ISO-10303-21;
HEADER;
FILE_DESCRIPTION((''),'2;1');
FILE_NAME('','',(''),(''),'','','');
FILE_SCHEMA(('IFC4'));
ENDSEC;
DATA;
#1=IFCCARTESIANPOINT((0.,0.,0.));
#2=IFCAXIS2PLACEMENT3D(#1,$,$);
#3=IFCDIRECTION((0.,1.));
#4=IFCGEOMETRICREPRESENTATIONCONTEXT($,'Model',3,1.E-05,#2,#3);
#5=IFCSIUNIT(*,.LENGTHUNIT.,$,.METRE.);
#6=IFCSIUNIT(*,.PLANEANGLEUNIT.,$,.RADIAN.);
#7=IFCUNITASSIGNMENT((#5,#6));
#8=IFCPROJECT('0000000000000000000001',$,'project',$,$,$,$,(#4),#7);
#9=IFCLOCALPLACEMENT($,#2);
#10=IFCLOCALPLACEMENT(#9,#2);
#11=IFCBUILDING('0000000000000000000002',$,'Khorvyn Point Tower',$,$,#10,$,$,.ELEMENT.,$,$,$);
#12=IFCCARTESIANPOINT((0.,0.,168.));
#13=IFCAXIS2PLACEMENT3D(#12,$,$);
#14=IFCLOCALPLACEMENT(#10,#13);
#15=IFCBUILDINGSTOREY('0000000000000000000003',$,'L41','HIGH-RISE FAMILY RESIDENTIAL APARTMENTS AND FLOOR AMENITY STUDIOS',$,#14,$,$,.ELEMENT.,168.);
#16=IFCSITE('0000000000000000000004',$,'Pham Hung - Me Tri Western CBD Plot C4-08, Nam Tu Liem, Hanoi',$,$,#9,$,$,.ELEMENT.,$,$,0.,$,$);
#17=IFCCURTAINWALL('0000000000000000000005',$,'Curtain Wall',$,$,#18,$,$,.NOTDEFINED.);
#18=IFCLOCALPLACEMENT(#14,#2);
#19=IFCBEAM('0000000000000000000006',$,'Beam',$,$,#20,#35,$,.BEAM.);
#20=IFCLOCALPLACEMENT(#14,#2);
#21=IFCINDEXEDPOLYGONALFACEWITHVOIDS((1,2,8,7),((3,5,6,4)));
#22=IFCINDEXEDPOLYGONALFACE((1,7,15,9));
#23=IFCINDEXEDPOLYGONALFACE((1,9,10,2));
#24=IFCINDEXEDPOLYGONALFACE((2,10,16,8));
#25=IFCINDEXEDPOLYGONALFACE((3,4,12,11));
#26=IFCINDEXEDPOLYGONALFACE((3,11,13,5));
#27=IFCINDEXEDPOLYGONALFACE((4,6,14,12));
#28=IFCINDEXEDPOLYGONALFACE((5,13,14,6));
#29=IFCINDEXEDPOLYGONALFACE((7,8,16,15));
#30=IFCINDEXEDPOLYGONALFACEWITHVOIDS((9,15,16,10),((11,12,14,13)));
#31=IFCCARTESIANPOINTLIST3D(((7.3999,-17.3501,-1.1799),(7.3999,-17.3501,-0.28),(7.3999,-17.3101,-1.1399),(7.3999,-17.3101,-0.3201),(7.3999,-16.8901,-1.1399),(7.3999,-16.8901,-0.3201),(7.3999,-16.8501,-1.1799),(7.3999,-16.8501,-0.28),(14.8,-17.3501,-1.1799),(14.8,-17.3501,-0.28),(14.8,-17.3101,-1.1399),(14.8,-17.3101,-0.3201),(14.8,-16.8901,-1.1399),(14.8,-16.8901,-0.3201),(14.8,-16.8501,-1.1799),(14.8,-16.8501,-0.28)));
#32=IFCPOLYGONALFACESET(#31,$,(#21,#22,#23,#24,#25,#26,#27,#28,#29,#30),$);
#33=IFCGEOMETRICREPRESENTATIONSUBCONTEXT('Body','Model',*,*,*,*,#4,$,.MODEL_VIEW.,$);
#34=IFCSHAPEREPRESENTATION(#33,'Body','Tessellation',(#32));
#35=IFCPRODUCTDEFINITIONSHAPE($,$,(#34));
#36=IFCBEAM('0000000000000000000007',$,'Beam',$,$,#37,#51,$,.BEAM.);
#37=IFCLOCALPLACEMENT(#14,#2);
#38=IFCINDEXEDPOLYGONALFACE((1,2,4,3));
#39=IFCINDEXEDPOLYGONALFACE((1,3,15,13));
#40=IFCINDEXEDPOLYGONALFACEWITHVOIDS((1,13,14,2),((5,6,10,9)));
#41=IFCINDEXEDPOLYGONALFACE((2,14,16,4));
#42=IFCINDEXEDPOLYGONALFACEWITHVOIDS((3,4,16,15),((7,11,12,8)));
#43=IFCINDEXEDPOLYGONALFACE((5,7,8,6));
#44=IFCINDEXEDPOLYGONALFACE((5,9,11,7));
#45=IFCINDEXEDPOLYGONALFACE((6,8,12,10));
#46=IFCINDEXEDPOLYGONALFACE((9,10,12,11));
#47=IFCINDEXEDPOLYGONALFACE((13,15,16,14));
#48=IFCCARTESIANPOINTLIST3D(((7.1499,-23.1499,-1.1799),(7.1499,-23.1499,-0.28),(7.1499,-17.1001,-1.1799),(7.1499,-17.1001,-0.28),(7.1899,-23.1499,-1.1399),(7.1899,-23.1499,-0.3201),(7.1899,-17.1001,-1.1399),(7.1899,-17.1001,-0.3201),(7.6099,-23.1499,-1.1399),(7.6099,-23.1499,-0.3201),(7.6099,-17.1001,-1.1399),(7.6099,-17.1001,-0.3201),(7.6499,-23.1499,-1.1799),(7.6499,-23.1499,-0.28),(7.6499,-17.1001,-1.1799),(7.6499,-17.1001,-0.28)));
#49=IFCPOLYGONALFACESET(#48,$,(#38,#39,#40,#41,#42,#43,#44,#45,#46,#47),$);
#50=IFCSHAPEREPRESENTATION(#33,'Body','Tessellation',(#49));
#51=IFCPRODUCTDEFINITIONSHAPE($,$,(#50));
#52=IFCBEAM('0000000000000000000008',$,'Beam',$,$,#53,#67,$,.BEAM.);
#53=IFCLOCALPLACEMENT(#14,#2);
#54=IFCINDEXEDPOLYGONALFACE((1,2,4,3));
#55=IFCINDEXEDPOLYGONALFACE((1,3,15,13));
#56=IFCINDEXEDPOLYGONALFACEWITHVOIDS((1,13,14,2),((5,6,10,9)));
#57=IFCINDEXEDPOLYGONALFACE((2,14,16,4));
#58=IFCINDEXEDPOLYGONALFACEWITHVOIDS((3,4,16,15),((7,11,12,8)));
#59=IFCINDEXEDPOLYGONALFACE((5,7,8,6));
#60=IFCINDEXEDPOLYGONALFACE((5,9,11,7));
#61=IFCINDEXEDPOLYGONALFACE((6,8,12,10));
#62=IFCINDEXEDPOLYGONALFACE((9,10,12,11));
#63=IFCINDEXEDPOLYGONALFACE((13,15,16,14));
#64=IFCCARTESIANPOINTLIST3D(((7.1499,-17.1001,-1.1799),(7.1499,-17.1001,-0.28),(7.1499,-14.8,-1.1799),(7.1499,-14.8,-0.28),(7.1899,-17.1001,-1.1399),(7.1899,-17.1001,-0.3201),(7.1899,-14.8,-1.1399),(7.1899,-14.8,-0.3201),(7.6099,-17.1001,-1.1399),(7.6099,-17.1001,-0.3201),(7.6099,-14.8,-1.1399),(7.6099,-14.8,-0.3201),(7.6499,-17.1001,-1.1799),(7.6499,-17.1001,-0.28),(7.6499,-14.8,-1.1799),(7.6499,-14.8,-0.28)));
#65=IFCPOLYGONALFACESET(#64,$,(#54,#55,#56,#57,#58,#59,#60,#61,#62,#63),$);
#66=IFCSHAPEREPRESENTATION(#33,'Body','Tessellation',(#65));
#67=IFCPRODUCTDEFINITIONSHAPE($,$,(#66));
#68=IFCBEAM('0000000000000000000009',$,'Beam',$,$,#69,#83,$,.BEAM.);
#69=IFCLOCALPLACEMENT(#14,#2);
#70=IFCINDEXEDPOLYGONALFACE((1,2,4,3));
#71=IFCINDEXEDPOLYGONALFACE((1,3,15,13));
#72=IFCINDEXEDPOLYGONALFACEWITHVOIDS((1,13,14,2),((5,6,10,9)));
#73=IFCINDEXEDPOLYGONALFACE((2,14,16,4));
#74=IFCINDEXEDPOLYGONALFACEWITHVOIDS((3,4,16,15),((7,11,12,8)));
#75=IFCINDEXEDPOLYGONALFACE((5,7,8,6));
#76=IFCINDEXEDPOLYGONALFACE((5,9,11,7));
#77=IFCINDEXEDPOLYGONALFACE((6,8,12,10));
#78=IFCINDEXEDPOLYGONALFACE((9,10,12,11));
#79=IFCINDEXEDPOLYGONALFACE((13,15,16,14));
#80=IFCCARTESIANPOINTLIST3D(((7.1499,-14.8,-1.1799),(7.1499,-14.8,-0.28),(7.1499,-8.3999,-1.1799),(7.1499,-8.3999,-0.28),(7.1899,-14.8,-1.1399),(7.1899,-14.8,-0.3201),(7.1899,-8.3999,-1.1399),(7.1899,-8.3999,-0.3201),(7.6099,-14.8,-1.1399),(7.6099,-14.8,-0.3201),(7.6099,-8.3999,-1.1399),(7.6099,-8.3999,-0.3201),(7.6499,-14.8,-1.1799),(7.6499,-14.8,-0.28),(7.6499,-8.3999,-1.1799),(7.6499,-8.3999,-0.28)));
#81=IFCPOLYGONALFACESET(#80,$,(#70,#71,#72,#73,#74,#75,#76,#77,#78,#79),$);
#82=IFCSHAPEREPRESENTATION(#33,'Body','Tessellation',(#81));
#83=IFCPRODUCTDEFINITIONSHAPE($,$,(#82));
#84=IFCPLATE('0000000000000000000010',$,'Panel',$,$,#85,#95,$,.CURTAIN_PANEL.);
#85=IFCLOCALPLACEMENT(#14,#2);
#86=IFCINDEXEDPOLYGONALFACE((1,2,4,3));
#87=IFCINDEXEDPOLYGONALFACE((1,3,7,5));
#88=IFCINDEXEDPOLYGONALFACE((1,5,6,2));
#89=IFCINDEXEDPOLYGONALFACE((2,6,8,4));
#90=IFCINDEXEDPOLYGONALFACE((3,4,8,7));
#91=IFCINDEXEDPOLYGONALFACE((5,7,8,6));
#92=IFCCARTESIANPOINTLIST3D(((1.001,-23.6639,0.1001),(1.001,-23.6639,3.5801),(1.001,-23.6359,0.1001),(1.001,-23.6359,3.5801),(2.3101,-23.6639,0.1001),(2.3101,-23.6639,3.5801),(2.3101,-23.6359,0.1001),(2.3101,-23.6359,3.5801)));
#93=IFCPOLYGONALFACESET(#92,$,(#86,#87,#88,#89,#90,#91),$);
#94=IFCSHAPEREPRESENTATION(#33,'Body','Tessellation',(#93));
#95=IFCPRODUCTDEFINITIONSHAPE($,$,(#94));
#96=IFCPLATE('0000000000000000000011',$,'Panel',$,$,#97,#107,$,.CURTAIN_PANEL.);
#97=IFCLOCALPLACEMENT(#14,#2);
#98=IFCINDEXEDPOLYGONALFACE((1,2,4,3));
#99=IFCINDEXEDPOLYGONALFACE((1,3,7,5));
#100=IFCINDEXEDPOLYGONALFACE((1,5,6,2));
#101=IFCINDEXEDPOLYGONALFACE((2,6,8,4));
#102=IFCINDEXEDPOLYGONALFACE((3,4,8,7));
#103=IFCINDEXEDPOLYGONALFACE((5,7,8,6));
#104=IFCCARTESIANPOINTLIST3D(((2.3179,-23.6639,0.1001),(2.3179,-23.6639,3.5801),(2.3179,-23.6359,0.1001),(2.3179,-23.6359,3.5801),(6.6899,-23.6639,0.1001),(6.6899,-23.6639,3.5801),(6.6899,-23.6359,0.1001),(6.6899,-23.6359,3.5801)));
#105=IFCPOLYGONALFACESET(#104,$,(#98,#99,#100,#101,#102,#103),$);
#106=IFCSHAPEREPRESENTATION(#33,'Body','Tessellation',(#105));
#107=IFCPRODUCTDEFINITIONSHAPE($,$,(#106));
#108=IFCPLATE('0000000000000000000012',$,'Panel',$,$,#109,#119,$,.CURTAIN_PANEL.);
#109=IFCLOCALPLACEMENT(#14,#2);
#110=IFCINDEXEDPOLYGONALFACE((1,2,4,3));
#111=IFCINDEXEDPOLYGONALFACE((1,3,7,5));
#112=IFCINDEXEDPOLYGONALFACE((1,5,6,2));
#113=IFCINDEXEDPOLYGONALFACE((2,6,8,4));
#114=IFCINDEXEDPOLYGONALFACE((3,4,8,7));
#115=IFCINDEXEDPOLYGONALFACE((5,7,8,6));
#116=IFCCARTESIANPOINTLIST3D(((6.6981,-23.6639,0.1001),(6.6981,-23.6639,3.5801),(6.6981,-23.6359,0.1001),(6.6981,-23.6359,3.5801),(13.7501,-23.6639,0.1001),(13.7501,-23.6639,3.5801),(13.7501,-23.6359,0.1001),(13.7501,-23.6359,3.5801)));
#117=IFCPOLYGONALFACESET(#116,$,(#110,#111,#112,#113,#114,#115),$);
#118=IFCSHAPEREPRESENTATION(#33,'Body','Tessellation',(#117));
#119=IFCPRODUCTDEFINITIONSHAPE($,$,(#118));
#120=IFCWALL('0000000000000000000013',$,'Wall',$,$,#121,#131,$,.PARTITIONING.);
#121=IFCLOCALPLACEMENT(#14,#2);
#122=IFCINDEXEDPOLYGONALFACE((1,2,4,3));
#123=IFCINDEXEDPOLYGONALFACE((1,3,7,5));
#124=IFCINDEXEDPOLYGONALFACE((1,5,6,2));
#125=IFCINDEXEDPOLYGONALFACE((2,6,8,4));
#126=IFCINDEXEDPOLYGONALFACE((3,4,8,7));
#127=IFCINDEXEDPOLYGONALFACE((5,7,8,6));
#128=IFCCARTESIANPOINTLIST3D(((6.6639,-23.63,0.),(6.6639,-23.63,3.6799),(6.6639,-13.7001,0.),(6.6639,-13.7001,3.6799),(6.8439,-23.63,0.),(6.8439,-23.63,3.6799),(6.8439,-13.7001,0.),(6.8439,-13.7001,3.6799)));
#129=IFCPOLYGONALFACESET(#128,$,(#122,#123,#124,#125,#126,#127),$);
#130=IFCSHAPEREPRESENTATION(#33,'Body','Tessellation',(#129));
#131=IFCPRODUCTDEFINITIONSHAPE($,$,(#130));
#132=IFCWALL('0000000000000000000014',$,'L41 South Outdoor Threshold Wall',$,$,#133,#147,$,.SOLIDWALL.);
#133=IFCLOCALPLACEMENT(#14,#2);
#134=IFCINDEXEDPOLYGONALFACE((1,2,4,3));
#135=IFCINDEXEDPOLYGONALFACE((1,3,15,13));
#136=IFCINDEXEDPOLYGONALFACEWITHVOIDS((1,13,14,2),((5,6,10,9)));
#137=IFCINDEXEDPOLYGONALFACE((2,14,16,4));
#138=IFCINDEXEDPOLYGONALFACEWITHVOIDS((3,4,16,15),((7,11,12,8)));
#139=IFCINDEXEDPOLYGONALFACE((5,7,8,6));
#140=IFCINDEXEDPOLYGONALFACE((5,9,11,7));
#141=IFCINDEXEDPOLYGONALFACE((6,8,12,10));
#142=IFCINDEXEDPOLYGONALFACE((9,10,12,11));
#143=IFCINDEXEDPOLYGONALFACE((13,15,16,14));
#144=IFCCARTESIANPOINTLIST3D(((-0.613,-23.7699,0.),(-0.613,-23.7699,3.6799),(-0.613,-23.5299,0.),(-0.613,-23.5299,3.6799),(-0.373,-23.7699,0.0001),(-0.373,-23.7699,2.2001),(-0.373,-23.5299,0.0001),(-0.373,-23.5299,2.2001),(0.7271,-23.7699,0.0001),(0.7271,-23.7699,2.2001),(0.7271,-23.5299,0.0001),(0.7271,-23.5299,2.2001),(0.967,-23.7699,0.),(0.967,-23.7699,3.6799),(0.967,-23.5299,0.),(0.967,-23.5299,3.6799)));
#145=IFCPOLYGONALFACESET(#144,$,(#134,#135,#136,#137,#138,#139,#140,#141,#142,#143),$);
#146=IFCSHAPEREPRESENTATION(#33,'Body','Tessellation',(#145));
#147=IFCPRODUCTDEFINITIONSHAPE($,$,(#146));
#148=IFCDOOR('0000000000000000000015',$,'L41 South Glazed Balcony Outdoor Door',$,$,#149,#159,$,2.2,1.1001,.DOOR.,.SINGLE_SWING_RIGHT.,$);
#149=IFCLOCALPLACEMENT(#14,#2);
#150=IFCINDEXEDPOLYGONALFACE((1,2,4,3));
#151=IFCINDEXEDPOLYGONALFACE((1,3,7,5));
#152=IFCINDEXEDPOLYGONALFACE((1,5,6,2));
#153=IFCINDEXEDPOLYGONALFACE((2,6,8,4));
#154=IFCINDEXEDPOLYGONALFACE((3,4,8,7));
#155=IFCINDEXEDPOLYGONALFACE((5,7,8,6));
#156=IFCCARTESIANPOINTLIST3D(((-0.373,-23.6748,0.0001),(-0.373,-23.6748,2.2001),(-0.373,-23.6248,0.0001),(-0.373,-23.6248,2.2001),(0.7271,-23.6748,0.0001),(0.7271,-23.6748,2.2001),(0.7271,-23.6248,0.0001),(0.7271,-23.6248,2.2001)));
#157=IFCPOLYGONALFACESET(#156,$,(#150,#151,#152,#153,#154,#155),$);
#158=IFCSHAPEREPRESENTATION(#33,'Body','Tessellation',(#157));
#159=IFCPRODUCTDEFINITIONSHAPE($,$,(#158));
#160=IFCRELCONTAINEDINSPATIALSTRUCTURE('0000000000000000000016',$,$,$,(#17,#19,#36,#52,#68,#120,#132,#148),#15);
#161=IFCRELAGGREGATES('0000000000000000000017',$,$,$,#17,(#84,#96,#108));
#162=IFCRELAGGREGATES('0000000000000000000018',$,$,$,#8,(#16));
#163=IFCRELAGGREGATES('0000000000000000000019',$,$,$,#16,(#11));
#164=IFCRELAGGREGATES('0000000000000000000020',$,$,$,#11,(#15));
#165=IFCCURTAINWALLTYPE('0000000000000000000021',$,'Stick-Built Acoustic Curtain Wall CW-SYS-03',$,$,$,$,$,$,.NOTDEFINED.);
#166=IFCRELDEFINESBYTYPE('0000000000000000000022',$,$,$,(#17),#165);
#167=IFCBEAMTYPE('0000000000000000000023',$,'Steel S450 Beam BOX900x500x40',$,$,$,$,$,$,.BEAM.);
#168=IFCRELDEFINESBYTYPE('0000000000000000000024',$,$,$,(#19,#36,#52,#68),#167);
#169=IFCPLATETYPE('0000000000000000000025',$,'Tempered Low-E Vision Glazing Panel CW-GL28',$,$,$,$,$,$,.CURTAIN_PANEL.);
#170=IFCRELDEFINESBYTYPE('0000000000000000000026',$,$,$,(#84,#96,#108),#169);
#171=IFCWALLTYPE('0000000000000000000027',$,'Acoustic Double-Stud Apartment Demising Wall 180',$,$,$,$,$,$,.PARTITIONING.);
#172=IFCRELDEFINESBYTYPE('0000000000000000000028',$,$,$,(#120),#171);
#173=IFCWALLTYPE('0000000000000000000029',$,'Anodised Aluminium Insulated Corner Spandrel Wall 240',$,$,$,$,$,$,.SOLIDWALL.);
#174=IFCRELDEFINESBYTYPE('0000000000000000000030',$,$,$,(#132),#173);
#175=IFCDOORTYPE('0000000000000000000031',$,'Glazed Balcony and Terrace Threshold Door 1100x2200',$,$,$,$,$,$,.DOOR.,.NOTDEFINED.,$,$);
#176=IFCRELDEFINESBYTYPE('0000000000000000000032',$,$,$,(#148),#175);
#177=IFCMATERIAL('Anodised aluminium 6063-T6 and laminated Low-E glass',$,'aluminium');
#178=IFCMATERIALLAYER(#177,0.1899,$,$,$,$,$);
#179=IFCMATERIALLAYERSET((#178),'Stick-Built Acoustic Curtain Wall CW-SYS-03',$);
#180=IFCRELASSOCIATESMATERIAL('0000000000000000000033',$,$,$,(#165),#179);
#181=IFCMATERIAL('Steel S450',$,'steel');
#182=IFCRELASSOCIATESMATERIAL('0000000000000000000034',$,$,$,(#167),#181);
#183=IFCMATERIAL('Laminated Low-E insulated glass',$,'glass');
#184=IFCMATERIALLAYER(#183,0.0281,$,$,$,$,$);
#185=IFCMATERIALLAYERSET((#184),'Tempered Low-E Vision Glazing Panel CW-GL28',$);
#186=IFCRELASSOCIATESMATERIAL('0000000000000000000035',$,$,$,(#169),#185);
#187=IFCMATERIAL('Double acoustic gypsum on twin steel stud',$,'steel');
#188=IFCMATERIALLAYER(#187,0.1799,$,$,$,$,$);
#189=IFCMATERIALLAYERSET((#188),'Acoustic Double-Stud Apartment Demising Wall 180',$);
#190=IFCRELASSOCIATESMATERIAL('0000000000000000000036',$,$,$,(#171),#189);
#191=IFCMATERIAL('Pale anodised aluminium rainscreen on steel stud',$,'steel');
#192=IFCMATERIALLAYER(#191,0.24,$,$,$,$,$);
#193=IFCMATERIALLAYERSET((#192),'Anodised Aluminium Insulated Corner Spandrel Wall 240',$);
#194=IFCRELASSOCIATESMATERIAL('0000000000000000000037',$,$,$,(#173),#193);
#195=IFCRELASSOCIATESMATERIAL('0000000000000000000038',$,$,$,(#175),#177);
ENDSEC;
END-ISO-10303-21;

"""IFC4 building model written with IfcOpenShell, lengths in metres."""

from ifc_helpers import new_model, si_unit, direction, frame, frame_2d, origin, origin_2d, place, context, subcontext, project, spatial, rectangle, hollow_rectangle, extrude, material, layer, layer_set, material_profile, profile_set, type_object, element, fill, aggregate, save


model = new_model("IFC4")

# Units and contexts
model_context = context("Model", 3, precision=1e-05, world=origin(), true_north=direction((0.0, 1.0)))
body_context = subcontext(model_context, "Body", "Model", "MODEL_VIEW")
ifc_project = project(units=[si_unit("LENGTHUNIT", "METRE"), si_unit("PLANEANGLEUNIT", "RADIAN")], contexts=[model_context])

# Site, building, storey
site_placement = place(None, origin())
site = spatial("IfcSite", under=ifc_project, at=site_placement, Name="Pham Hung - Me Tri Western CBD Plot C4-08, Nam Tu Liem, Hanoi", CompositionType="ELEMENT", RefElevation=0.0)
building_placement = place(site_placement, origin())
building = spatial("IfcBuilding", under=site, at=building_placement, Name="Khorvyn Point Tower", CompositionType="ELEMENT")
storey_placement = place(building_placement, frame((0.0, 0.0, 168.0)))
storey = spatial("IfcBuildingStorey", under=building, at=storey_placement, Name="L41", Description="HIGH-RISE FAMILY RESIDENTIAL APARTMENTS AND FLOOR AMENITY STUDIOS", CompositionType="ELEMENT", Elevation=168.0)

# Shared definitions
ifc_material_1 = material(Name="Steel S450", Category="steel")

# Curtain wall
ifc_material_2 = material(Name="Anodised aluminium 6063-T6 and laminated Low-E glass", Category="aluminium")
ifc_layer_1 = layer(ifc_material_2, 0.1899)
ifc_layer_set_1 = layer_set([ifc_layer_1], Name="Stick-Built Acoustic Curtain Wall CW-SYS-03")
curtain_wall_type = type_object("IfcCurtainWallType", Name="Stick-Built Acoustic Curtain Wall CW-SYS-03", PredefinedType="NOTDEFINED", material=ifc_layer_set_1)
curtain_wall_1_placement = place(storey_placement, origin())
curtain_wall_1 = element("IfcCurtainWall", 1, at=curtain_wall_1_placement, inside=storey, type_object=curtain_wall_type, Name="Curtain Wall", PredefinedType="NOTDEFINED")

# Beams
ifc_material_profile_1 = material_profile(ifc_material_1, hollow_rectangle(XDim=0.5, YDim=0.8999, WallThickness=0.04, at=origin_2d()))
ifc_profile_set_1 = profile_set([ifc_material_profile_1], Name="Steel S450 BOX900x500x40")
beam_type_1 = type_object("IfcBeamType", Name="Steel S450 Beam BOX900x500x40", PredefinedType="BEAM", material=ifc_profile_set_1)
for number, where, z_axis, x_axis, name in (
    (2, (7.3999, -17.1001, -0.73), (1.0, 0.0, 0.0), (0.0, 1.0, 0.0), "Beam"),
):
    element("IfcBeam", number, at=place(storey_placement, frame(where, z_axis=z_axis, x_axis=x_axis)), inside=storey, type_object=beam_type_1, Name=name, PredefinedType="BEAM", context=body_context, shape_type="SweptSolid", body=[
        extrude(hollow_rectangle(XDim=0.5, YDim=0.8999, WallThickness=0.04, at=origin_2d()), origin(), (0.0, 0.0, 1.0), 7.4001),
    ])
beam_1_placement = place(storey_placement, frame((7.3999, -23.1499, -0.73), z_axis=(0.0, 1.0, 0.0), x_axis=(-1.0, 0.0, 0.0)))
element("IfcBeam", 3, at=beam_1_placement, inside=storey, type_object=beam_type_1, Name="Beam", PredefinedType="BEAM", context=body_context, shape_type="SweptSolid", body=[
    extrude(hollow_rectangle(XDim=0.5, YDim=0.8999, WallThickness=0.04, at=origin_2d()), origin(), (0.0, 0.0, 1.0), 6.0498),
])
beam_2_placement = place(storey_placement, frame((7.3999, -17.1001, -0.73), z_axis=(0.0, 1.0, 0.0), x_axis=(-1.0, 0.0, 0.0)))
element("IfcBeam", 4, at=beam_2_placement, inside=storey, type_object=beam_type_1, Name="Beam", PredefinedType="BEAM", context=body_context, shape_type="SweptSolid", body=[
    extrude(hollow_rectangle(XDim=0.5, YDim=0.8999, WallThickness=0.04, at=origin_2d()), origin(), (0.0, 0.0, 1.0), 2.3),
])
beam_3_placement = place(storey_placement, frame((7.3999, -14.8, -0.73), z_axis=(0.0, 1.0, 0.0), x_axis=(-1.0, 0.0, 0.0)))
element("IfcBeam", 5, at=beam_3_placement, inside=storey, type_object=beam_type_1, Name="Beam", PredefinedType="BEAM", context=body_context, shape_type="SweptSolid", body=[
    extrude(hollow_rectangle(XDim=0.5, YDim=0.8999, WallThickness=0.04, at=origin_2d()), origin(), (0.0, 0.0, 1.0), 6.4001),
])

# Plates
ifc_material_3 = material(Name="Laminated Low-E insulated glass", Category="glass")
ifc_layer_2 = layer(ifc_material_3, 0.0281)
ifc_layer_set_2 = layer_set([ifc_layer_2], Name="Tempered Low-E Vision Glazing Panel CW-GL28")
plate_type = type_object("IfcPlateType", Name="Tempered Low-E Vision Glazing Panel CW-GL28", PredefinedType="CURTAIN_PANEL", material=ifc_layer_set_2)
plate_1_placement = place(storey_placement, frame((1.6555, -23.6499, 0.1001), z_axis=(0.0, 0.0, 1.0), x_axis=(-1.0, 0.0, 0.0)))
plate_1 = element("IfcPlate", 6, at=plate_1_placement, type_object=plate_type, Name="Panel", PredefinedType="CURTAIN_PANEL", context=body_context, shape_type="SweptSolid", body=[
    extrude(rectangle(XDim=1.3091, YDim=0.0281, at=origin_2d()), origin(), (0.0, 0.0, 1.0), 3.48),
])
plate_2_placement = place(storey_placement, frame((4.5039, -23.6499, 0.1001), z_axis=(0.0, 0.0, 1.0), x_axis=(-1.0, 0.0, 0.0)))
plate_2 = element("IfcPlate", 7, at=plate_2_placement, type_object=plate_type, Name="Panel", PredefinedType="CURTAIN_PANEL", context=body_context, shape_type="SweptSolid", body=[
    extrude(rectangle(XDim=4.3721, YDim=0.0281, at=origin_2d()), origin(), (0.0, 0.0, 1.0), 3.48),
])
plate_3_placement = place(storey_placement, frame((10.2241, -23.6499, 0.1001), z_axis=(0.0, 0.0, 1.0), x_axis=(-1.0, 0.0, 0.0)))
plate_3 = element("IfcPlate", 8, at=plate_3_placement, type_object=plate_type, Name="Panel", PredefinedType="CURTAIN_PANEL", context=body_context, shape_type="SweptSolid", body=[
    extrude(rectangle(XDim=7.052, YDim=0.0281, at=origin_2d()), origin(), (0.0, 0.0, 1.0), 3.48),
])
aggregate(curtain_wall_1, [plate_1, plate_2, plate_3])

# Wall
ifc_material_4 = material(Name="Double acoustic gypsum on twin steel stud", Category="steel")
ifc_layer_3 = layer(ifc_material_4, 0.1799)
ifc_layer_set_3 = layer_set([ifc_layer_3], Name="Acoustic Double-Stud Apartment Demising Wall 180")
wall_type_1 = type_object("IfcWallType", Name="Acoustic Double-Stud Apartment Demising Wall 180", PredefinedType="PARTITIONING", material=ifc_layer_set_3)
wall_1_placement = place(storey_placement, frame((6.7539, -23.6299, 0.0), z_axis=(0.0, 0.0, 1.0), x_axis=(0.0, 1.0, 0.0)))
element("IfcWall", 9, at=wall_1_placement, inside=storey, type_object=wall_type_1, Name="Wall", PredefinedType="PARTITIONING", context=body_context, shape_type="SweptSolid", body=[
    extrude(rectangle(XDim=9.9299, YDim=0.1799, at=frame_2d((4.9648, 0.0))), origin(), (0.0, 0.0, 1.0), 3.6799),
])

# Wall, opening, door
ifc_material_5 = material(Name="Pale anodised aluminium rainscreen on steel stud", Category="steel")
ifc_layer_4 = layer(ifc_material_5, 0.24)
ifc_layer_set_4 = layer_set([ifc_layer_4], Name="Anodised Aluminium Insulated Corner Spandrel Wall 240")
wall_type_2 = type_object("IfcWallType", Name="Anodised Aluminium Insulated Corner Spandrel Wall 240", PredefinedType="SOLIDWALL", material=ifc_layer_set_4)
wall_2_placement = place(storey_placement, frame((0.967, -23.6499, 0.0), z_axis=(0.0, 0.0, 1.0), x_axis=(-1.0, 0.0, 0.0)))
wall_2 = element("IfcWall", 10, at=wall_2_placement, inside=storey, type_object=wall_type_2, Name="L41 South Outdoor Threshold Wall", PredefinedType="SOLIDWALL", context=body_context, shape_type="SweptSolid", body=[
    extrude(rectangle(XDim=1.5801, YDim=0.24, at=frame_2d((0.79, 0.0))), origin(), (0.0, 0.0, 1.0), 3.6799),
])
opening_1_placement = place(wall_2_placement, frame((0.24, 0.0, 0.0)))
opening_1 = element("IfcOpeningElement", 11, at=opening_1_placement, cuts=wall_2, PredefinedType="OPENING", context=body_context, shape_type="SweptSolid", body=[
    extrude(rectangle(XDim=1.1001, YDim=2.2, at=frame_2d((0.55, 1.1001))), frame((0.0, 0.1299, 0.0), z_axis=(0.0, -1.0, 0.0), x_axis=(1.0, 0.0, 0.0)), (0.0, 0.0, 1.0), 0.26),
])
door_type_1 = type_object("IfcDoorType", Name="Glazed Balcony and Terrace Threshold Door 1100x2200", OperationType="NOTDEFINED", PredefinedType="DOOR", material=ifc_material_2)
door_1_placement = place(opening_1_placement, origin())
door_1 = element("IfcDoor", 12, at=door_1_placement, inside=storey, type_object=door_type_1, Name="L41 South Glazed Balcony Outdoor Door", OperationType="SINGLE_SWING_RIGHT", OverallHeight=2.2, OverallWidth=1.1001, PredefinedType="DOOR", context=body_context, shape_type="SweptSolid", body=[
    extrude(rectangle(XDim=1.1001, YDim=2.2, at=frame_2d((0.55, 1.1001))), frame((0.0, 0.0249, 0.0), z_axis=(0.0, -1.0, 0.0), x_axis=(1.0, 0.0, 0.0)), (0.0, 0.0, 1.0), 0.05),
])
fill(opening_1, door_1)

save(model, "model.ifc")
